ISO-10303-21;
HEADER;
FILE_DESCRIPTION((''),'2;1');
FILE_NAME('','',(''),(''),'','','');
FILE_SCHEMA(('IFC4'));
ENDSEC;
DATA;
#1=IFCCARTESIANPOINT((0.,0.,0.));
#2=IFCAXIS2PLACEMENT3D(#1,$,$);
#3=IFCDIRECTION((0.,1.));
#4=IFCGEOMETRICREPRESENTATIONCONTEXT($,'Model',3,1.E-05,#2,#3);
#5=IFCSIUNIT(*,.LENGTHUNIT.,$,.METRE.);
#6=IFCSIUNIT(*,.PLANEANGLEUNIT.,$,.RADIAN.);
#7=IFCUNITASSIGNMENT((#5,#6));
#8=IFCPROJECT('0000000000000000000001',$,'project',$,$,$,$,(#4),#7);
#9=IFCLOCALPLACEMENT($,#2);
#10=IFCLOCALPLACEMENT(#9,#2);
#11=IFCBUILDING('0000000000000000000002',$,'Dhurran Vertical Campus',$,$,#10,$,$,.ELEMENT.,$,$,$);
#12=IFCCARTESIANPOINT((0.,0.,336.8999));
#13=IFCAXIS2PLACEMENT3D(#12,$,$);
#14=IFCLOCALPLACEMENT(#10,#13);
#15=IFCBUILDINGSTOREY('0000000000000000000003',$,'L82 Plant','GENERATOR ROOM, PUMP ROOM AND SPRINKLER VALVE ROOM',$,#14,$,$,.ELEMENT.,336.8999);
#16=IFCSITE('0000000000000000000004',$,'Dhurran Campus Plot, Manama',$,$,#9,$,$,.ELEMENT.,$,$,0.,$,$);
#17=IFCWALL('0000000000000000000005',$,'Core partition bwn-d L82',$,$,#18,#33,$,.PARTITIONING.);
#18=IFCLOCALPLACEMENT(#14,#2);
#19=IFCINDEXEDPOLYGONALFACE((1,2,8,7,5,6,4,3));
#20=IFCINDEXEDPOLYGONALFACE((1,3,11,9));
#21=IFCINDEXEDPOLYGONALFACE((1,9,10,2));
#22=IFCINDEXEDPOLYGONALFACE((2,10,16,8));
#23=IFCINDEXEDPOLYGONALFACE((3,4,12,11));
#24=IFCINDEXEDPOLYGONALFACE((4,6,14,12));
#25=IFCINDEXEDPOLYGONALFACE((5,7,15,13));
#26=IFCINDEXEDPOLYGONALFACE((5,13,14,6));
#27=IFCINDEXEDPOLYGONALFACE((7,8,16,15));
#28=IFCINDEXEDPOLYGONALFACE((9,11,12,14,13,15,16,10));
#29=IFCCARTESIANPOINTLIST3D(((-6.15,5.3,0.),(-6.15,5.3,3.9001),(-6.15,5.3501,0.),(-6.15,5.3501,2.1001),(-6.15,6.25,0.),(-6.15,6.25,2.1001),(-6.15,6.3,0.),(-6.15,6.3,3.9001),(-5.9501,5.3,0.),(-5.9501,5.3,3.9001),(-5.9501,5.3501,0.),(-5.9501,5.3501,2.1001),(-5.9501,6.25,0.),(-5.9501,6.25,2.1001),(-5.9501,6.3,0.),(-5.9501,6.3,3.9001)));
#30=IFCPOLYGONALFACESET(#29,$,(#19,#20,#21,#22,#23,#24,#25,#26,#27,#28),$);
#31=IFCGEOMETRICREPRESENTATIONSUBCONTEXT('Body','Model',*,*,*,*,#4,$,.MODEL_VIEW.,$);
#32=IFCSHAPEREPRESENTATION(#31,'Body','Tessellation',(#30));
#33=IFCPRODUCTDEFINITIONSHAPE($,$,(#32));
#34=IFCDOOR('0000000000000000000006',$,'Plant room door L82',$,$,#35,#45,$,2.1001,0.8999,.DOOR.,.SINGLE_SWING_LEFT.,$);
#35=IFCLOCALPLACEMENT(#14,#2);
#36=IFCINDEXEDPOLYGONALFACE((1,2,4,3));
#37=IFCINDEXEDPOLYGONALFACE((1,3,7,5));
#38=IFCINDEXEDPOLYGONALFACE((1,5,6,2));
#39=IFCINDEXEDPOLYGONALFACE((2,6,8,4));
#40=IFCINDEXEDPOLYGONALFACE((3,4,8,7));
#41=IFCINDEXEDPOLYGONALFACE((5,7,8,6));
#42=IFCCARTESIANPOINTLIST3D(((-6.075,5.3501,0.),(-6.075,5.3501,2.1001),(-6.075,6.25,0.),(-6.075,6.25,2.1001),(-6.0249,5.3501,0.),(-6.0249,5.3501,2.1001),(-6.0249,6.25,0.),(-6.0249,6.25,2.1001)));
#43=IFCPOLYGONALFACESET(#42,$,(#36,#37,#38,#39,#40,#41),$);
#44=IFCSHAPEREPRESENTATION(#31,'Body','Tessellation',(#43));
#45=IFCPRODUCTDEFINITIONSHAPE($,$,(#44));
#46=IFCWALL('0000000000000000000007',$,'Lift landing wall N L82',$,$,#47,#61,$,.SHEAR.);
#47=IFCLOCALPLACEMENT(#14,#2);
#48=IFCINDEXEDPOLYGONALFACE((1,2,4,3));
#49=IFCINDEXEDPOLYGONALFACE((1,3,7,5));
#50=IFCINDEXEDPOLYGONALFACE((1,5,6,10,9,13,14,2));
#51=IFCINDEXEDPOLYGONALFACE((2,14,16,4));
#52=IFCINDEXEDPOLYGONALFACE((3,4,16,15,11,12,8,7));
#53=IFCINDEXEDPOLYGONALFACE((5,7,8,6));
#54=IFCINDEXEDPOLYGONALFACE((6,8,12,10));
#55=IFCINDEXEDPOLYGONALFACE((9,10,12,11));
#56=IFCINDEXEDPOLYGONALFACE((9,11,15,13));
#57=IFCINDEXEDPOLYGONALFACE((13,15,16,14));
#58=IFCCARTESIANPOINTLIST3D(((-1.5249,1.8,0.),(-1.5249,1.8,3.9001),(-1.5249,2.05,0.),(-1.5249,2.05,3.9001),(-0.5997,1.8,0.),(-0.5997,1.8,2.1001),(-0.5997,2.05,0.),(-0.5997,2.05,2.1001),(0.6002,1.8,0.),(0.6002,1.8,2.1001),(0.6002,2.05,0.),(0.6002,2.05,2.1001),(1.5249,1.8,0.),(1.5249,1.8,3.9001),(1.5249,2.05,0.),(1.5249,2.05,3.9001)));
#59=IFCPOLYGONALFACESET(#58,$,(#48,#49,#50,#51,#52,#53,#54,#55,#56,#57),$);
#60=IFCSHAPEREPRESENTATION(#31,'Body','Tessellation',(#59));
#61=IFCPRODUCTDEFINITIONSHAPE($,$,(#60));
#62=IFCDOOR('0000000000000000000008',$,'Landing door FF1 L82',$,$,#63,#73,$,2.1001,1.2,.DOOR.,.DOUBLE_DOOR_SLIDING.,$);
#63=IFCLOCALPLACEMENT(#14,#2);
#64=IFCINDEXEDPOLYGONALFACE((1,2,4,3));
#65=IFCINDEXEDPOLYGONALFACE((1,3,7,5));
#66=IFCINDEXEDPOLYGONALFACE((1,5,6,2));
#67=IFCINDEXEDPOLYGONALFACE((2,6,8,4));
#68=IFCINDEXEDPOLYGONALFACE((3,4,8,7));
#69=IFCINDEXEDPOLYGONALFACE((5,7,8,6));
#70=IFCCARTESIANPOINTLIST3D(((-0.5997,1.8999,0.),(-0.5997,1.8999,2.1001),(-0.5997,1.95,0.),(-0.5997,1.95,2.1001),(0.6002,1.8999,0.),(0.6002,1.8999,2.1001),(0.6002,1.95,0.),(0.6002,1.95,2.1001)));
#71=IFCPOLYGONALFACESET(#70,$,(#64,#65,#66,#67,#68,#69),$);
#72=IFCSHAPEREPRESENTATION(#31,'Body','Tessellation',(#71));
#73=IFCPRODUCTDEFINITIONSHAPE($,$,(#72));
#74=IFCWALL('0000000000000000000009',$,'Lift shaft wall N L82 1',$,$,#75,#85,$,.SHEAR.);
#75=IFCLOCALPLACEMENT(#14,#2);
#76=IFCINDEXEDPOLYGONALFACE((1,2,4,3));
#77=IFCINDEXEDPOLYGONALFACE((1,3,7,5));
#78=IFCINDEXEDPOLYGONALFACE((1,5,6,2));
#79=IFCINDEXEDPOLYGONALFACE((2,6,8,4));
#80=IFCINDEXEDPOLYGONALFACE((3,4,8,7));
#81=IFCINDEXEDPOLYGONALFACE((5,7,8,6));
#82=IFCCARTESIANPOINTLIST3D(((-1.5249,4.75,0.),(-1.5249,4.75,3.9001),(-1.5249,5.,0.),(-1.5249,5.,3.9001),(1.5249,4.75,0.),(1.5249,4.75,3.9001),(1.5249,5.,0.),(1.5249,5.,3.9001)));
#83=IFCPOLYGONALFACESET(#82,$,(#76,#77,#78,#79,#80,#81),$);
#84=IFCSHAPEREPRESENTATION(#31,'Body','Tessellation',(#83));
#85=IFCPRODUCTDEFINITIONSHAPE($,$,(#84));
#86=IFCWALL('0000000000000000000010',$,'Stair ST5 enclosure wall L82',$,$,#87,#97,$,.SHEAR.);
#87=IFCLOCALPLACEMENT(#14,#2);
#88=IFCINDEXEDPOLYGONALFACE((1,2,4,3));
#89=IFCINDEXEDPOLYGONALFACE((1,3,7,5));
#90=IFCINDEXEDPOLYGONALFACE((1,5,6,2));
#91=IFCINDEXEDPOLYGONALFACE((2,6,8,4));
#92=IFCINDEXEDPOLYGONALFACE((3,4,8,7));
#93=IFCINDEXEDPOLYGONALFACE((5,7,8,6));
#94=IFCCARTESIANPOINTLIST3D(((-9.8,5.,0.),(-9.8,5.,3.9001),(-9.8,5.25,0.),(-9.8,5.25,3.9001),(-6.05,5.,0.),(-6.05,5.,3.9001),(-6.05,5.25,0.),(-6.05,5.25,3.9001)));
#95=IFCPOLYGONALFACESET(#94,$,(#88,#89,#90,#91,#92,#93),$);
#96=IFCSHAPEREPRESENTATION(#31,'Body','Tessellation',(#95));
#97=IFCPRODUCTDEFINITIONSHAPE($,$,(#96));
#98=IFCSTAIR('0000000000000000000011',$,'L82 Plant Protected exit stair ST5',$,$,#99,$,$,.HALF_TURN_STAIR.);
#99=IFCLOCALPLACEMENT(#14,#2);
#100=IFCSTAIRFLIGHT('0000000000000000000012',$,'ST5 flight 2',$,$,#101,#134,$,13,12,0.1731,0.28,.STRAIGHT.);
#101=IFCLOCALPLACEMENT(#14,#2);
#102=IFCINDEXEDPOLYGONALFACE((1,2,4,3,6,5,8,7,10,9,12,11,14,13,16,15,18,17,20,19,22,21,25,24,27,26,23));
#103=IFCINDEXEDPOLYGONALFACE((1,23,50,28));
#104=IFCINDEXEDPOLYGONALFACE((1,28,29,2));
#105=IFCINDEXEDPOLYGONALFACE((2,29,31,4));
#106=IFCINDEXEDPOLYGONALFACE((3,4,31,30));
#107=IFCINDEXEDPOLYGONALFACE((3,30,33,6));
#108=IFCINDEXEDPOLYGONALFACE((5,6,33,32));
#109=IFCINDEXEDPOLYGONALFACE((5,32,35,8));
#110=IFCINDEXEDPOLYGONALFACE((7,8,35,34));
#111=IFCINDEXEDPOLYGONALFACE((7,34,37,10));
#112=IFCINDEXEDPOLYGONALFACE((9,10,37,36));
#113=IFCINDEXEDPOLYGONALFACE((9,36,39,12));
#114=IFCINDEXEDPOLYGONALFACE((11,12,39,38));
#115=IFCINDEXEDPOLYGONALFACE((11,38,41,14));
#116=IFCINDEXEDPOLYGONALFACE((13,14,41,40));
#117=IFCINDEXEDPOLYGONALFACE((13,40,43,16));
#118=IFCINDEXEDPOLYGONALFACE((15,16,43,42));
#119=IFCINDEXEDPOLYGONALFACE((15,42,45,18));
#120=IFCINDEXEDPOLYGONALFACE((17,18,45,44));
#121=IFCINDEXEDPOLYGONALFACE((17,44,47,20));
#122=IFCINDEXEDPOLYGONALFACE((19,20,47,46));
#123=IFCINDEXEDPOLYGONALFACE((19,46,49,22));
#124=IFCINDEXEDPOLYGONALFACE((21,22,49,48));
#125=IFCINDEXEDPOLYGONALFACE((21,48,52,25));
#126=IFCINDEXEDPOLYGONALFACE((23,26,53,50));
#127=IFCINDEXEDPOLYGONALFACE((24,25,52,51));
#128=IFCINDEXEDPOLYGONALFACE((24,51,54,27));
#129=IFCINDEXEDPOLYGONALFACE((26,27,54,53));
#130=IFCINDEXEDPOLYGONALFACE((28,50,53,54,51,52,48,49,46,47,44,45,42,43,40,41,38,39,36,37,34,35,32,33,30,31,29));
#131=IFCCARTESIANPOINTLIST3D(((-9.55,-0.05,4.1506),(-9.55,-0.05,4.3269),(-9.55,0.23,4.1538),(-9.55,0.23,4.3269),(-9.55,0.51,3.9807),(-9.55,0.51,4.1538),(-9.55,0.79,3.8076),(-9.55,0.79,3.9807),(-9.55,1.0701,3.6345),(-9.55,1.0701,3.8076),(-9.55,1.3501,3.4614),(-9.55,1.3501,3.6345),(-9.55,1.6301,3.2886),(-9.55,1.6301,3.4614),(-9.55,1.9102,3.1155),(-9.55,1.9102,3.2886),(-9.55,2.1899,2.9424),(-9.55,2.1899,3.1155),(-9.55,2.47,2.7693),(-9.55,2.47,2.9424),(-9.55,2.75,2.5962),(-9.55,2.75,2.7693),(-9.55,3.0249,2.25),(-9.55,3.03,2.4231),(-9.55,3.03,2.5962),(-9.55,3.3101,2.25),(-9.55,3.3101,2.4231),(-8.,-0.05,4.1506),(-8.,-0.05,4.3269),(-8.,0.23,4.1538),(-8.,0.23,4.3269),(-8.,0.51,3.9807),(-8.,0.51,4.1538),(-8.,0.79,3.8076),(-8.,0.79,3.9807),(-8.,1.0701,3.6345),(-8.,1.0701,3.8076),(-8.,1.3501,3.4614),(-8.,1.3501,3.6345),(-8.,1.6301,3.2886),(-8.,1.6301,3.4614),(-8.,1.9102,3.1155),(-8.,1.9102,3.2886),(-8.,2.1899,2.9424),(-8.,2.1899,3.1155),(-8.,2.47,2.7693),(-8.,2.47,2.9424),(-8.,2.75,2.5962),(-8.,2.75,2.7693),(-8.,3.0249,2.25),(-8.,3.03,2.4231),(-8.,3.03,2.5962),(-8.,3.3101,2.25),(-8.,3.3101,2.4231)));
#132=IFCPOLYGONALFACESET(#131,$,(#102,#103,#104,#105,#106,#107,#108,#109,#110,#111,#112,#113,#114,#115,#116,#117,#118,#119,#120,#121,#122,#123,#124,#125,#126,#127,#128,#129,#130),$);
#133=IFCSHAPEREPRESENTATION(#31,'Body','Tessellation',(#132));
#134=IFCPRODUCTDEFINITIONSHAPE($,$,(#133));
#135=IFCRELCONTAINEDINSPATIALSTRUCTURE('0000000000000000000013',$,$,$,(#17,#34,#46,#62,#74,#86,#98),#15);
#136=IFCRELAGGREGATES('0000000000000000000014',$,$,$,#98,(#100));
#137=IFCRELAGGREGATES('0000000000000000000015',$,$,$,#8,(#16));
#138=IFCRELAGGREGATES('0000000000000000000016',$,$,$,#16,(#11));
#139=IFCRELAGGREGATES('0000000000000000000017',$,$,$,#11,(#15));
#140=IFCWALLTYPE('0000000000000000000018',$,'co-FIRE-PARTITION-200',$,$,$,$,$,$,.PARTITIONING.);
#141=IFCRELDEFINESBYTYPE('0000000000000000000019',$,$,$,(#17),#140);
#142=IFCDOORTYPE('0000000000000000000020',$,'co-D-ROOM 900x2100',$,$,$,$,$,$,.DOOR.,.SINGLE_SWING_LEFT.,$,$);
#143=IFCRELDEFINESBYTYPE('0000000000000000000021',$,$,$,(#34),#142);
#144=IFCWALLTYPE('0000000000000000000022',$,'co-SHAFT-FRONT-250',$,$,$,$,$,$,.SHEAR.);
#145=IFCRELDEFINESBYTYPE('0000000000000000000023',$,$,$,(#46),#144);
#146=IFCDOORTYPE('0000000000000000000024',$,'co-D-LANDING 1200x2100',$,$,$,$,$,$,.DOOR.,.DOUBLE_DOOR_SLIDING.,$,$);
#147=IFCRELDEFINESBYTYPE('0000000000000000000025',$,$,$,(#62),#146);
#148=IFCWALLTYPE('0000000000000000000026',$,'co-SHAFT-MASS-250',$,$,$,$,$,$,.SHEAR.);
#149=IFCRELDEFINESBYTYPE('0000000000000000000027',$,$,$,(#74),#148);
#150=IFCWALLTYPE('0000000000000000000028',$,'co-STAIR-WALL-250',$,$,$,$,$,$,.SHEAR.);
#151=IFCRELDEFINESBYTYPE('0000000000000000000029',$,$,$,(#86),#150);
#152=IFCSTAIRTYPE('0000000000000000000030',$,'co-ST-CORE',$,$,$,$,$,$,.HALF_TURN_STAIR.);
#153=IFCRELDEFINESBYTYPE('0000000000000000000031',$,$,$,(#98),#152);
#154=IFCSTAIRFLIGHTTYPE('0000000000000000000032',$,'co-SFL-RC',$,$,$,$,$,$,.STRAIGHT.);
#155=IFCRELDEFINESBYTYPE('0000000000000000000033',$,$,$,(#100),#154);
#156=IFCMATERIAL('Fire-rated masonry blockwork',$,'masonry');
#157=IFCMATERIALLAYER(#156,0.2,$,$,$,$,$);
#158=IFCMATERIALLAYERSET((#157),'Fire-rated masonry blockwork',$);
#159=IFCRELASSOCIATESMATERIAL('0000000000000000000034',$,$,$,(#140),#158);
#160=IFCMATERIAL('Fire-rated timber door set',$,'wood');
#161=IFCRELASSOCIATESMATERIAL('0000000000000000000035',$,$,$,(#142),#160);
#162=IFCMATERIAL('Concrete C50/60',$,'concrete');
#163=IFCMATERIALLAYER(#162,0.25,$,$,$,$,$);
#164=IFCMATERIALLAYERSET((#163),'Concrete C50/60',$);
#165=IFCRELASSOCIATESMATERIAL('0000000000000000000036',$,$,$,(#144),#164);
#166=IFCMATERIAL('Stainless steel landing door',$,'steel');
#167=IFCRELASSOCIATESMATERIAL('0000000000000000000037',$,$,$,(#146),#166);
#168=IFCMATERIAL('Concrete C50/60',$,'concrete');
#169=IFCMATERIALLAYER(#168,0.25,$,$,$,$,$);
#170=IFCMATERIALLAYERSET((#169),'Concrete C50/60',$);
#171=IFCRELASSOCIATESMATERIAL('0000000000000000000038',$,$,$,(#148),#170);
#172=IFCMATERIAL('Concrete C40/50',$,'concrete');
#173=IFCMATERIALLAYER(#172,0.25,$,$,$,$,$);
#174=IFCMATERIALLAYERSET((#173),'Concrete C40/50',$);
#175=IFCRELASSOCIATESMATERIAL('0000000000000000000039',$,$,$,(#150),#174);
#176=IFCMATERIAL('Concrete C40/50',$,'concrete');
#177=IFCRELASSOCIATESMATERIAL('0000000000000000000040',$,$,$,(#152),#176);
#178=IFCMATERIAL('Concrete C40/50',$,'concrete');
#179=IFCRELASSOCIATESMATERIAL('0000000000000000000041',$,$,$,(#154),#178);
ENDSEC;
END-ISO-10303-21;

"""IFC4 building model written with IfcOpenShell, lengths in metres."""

from ifc_helpers import new_model, si_unit, direction, frame, frame_2d, origin, place, context, subcontext, project, spatial, polyline, rectangle, outline, extrude, material, layer, layer_set, type_object, element, fill, aggregate, save


model = new_model("IFC4")

# Units and contexts
model_context = context("Model", 3, precision=1e-05, world=origin(), true_north=direction((0.0, 1.0)))
body_context = subcontext(model_context, "Body", "Model", "MODEL_VIEW")
ifc_project = project(units=[si_unit("LENGTHUNIT", "METRE"), si_unit("PLANEANGLEUNIT", "RADIAN")], contexts=[model_context])

# Site, building, storey
site_placement = place(None, origin())
site = spatial("IfcSite", under=ifc_project, at=site_placement, Name="Dhurran Campus Plot, Manama", CompositionType="ELEMENT", RefElevation=0.0)
building_placement = place(site_placement, origin())
building = spatial("IfcBuilding", under=site, at=building_placement, Name="Dhurran Vertical Campus", CompositionType="ELEMENT")
storey_placement = place(building_placement, frame((0.0, 0.0, 336.8999)))
storey = spatial("IfcBuildingStorey", under=building, at=storey_placement, Name="L82 Plant", Description="GENERATOR ROOM, PUMP ROOM AND SPRINKLER VALVE ROOM", CompositionType="ELEMENT", Elevation=336.8999)

# Walls, openings, doors
ifc_material_1 = material(Name="Fire-rated masonry blockwork", Category="masonry")
ifc_layer_1 = layer(ifc_material_1, 0.2)
ifc_layer_set_1 = layer_set([ifc_layer_1], Name="Fire-rated masonry blockwork")
wall_type_1 = type_object("IfcWallType", Name="co-FIRE-PARTITION-200", PredefinedType="PARTITIONING", material=ifc_layer_set_1)
ifc_material_2 = material(Name="Fire-rated timber door set", Category="wood")
door_type_1 = type_object("IfcDoorType", Name="co-D-ROOM 900x2100", OperationType="SINGLE_SWING_LEFT", PredefinedType="DOOR", material=ifc_material_2)
wall_1_placement = place(storey_placement, frame((-6.05, 5.3, 0.0), z_axis=(0.0, 0.0, 1.0), x_axis=(0.0, 1.0, 0.0)))
wall_1 = element("IfcWall", 1, at=wall_1_placement, inside=storey, type_object=wall_type_1, Name="Core partition bwn-d L82", PredefinedType="PARTITIONING", context=body_context, shape_type="SweptSolid", body=[
    extrude(rectangle(XDim=1.0, YDim=0.2, at=frame_2d((0.5, 0.0))), origin(), (0.0, 0.0, 1.0), 3.9001),
])
opening_1_placement = place(wall_1_placement, frame((0.05, 0.0, 0.0)))
opening_1 = element("IfcOpeningElement", 2, at=opening_1_placement, cuts=wall_1, PredefinedType="OPENING", context=body_context, shape_type="SweptSolid", body=[
    extrude(rectangle(XDim=0.8999, YDim=2.1001, at=frame_2d((0.45, 1.05))), frame((0.0, 0.1099, 0.0), z_axis=(0.0, -1.0, 0.0), x_axis=(1.0, 0.0, 0.0)), (0.0, 0.0, 1.0), 0.22),
])
door_1_placement = place(opening_1_placement, origin())
door_1 = element("IfcDoor", 3, at=door_1_placement, inside=storey, type_object=door_type_1, Name="Plant room door L82", OperationType="SINGLE_SWING_LEFT", OverallHeight=2.1001, OverallWidth=0.8999, PredefinedType="DOOR", context=body_context, shape_type="SweptSolid", body=[
    extrude(rectangle(XDim=0.8999, YDim=2.1001, at=frame_2d((0.45, 1.05))), frame((0.0, 0.0249, 0.0), z_axis=(0.0, -1.0, 0.0), x_axis=(1.0, 0.0, 0.0)), (0.0, 0.0, 1.0), 0.05),
])
fill(opening_1, door_1)
ifc_material_3 = material(Name="Concrete C50/60", Category="concrete")
ifc_layer_2 = layer(ifc_material_3, 0.25)
ifc_layer_set_2 = layer_set([ifc_layer_2], Name="Concrete C50/60")
wall_type_2 = type_object("IfcWallType", Name="co-SHAFT-FRONT-250", PredefinedType="SHEAR", material=ifc_layer_set_2)
wall_2_placement = place(storey_placement, frame((-1.5249, 1.925, 0.0), z_axis=(0.0, 0.0, 1.0), x_axis=(1.0, 0.0, 0.0)))
wall_2 = element("IfcWall", 4, at=wall_2_placement, inside=storey, type_object=wall_type_2, Name="Lift landing wall N L82", PredefinedType="SHEAR", context=body_context, shape_type="SweptSolid", body=[
    extrude(rectangle(XDim=3.0498, YDim=0.25, at=frame_2d((1.5249, 0.0))), origin(), (0.0, 0.0, 1.0), 3.9001),
])
opening_2_placement = place(wall_2_placement, frame((0.925, 0.0, 0.0)))
opening_2 = element("IfcOpeningElement", 5, at=opening_2_placement, cuts=wall_2, PredefinedType="OPENING", context=body_context, shape_type="SweptSolid", body=[
    extrude(rectangle(XDim=1.2, YDim=2.1001, at=frame_2d((0.6001, 1.05))), frame((0.0, 0.135, 0.0), z_axis=(0.0, -1.0, 0.0), x_axis=(1.0, 0.0, 0.0)), (0.0, 0.0, 1.0), 0.27),
])
ifc_material_4 = material(Name="Stainless steel landing door", Category="steel")
door_type_2 = type_object("IfcDoorType", Name="co-D-LANDING 1200x2100", OperationType="DOUBLE_DOOR_SLIDING", PredefinedType="DOOR", material=ifc_material_4)
door_2_placement = place(opening_2_placement, origin())
door_2 = element("IfcDoor", 6, at=door_2_placement, inside=storey, type_object=door_type_2, Name="Landing door FF1 L82", OperationType="DOUBLE_DOOR_SLIDING", OverallHeight=2.1001, OverallWidth=1.2, PredefinedType="DOOR", context=body_context, shape_type="SweptSolid", body=[
    extrude(rectangle(XDim=1.2, YDim=2.1001, at=frame_2d((0.6001, 1.05))), frame((0.0, 0.0249, 0.0), z_axis=(0.0, -1.0, 0.0), x_axis=(1.0, 0.0, 0.0)), (0.0, 0.0, 1.0), 0.05),
])
fill(opening_2, door_2)

# Walls
ifc_material_5 = material(Name="Concrete C50/60", Category="concrete")
ifc_layer_3 = layer(ifc_material_5, 0.25)
ifc_layer_set_3 = layer_set([ifc_layer_3], Name="Concrete C50/60")
wall_type_3 = type_object("IfcWallType", Name="co-SHAFT-MASS-250", PredefinedType="SHEAR", material=ifc_layer_set_3)
wall_3_placement = place(storey_placement, origin())
element("IfcWall", 7, at=wall_3_placement, inside=storey, type_object=wall_type_3, Name="Lift shaft wall N L82 1", PredefinedType="SHEAR", context=body_context, shape_type="SweptSolid", body=[
    extrude(outline(polyline([(-1.5249, 4.75), (1.5249, 4.75), (1.5249, 5.0), (-1.5249, 5.0), (-1.5249, 4.75)])), origin(), (0.0, 0.0, 1.0), 3.9001),
])
ifc_material_6 = material(Name="Concrete C40/50", Category="concrete")
ifc_layer_4 = layer(ifc_material_6, 0.25)
ifc_layer_set_4 = layer_set([ifc_layer_4], Name="Concrete C40/50")
wall_type_4 = type_object("IfcWallType", Name="co-STAIR-WALL-250", PredefinedType="SHEAR", material=ifc_layer_set_4)
wall_4_placement = place(storey_placement, frame((-9.8, 5.125, 0.0), z_axis=(0.0, 0.0, 1.0), x_axis=(1.0, 0.0, 0.0)))
element("IfcWall", 8, at=wall_4_placement, inside=storey, type_object=wall_type_4, Name="Stair ST5 enclosure wall L82", PredefinedType="SHEAR", context=body_context, shape_type="SweptSolid", body=[
    extrude(rectangle(XDim=3.75, YDim=0.25, at=frame_2d((1.875, 0.0))), origin(), (0.0, 0.0, 1.0), 3.9001),
])

# Stair, stair flight
ifc_material_7 = material(Name="Concrete C40/50", Category="concrete")
stair_type = type_object("IfcStairType", Name="co-ST-CORE", PredefinedType="HALF_TURN_STAIR", material=ifc_material_7)
stair_placement = place(storey_placement, origin())
stair = element("IfcStair", 9, at=stair_placement, inside=storey, type_object=stair_type, Name="L82 Plant Protected exit stair ST5", PredefinedType="HALF_TURN_STAIR")
ifc_material_8 = material(Name="Concrete C40/50", Category="concrete")
stair_flight_type = type_object("IfcStairFlightType", Name="co-SFL-RC", PredefinedType="STRAIGHT", material=ifc_material_8)
stair_flight_placement = place(storey_placement, frame((-8.7749, 3.3101, 2.25), z_axis=(0.0, 0.0, 1.0), x_axis=(0.0, -1.0, 0.0)))
stair_flight = element("IfcStairFlight", 10, at=stair_flight_placement, type_object=stair_flight_type, Name="ST5 flight 2", NumberOfRisers=13, NumberOfTreads=12, PredefinedType="STRAIGHT", RiserHeight=0.1731, TreadLength=0.28, context=body_context, shape_type="SweptSolid", body=[
    extrude(outline(polyline([(0.0, 0.0), (0.0, 0.1731), (0.28, 0.1731), (0.28, 0.3462), (0.5601, 0.3462), (0.5601, 0.5193), (0.8401, 0.5193), (0.8401, 0.6924), (1.1201, 0.6924), (1.1201, 0.8655), (1.3999, 0.8655), (1.3999, 1.0386), (1.6799, 1.0386), (1.6799, 1.2114), (1.96, 1.2114), (1.96, 1.3845), (2.24, 1.3845), (2.24, 1.5576), (2.52, 1.5576), (2.52, 1.7307), (2.8, 1.7307), (2.8, 1.9038), (3.0801, 1.9038), (3.0801, 2.0769), (3.3601, 2.0769), (3.3601, 2.25), (3.3601, 1.9006), (0.2852, 0.0), (0.0, 0.0)])), frame((0.0, 0.7749, 0.0), z_axis=(0.0, -1.0, 0.0), x_axis=(1.0, 0.0, 0.0)), (0.0, 0.0, 1.0), 1.55),
])
aggregate(stair, [stair_flight])

save(model, "model.ifc")
